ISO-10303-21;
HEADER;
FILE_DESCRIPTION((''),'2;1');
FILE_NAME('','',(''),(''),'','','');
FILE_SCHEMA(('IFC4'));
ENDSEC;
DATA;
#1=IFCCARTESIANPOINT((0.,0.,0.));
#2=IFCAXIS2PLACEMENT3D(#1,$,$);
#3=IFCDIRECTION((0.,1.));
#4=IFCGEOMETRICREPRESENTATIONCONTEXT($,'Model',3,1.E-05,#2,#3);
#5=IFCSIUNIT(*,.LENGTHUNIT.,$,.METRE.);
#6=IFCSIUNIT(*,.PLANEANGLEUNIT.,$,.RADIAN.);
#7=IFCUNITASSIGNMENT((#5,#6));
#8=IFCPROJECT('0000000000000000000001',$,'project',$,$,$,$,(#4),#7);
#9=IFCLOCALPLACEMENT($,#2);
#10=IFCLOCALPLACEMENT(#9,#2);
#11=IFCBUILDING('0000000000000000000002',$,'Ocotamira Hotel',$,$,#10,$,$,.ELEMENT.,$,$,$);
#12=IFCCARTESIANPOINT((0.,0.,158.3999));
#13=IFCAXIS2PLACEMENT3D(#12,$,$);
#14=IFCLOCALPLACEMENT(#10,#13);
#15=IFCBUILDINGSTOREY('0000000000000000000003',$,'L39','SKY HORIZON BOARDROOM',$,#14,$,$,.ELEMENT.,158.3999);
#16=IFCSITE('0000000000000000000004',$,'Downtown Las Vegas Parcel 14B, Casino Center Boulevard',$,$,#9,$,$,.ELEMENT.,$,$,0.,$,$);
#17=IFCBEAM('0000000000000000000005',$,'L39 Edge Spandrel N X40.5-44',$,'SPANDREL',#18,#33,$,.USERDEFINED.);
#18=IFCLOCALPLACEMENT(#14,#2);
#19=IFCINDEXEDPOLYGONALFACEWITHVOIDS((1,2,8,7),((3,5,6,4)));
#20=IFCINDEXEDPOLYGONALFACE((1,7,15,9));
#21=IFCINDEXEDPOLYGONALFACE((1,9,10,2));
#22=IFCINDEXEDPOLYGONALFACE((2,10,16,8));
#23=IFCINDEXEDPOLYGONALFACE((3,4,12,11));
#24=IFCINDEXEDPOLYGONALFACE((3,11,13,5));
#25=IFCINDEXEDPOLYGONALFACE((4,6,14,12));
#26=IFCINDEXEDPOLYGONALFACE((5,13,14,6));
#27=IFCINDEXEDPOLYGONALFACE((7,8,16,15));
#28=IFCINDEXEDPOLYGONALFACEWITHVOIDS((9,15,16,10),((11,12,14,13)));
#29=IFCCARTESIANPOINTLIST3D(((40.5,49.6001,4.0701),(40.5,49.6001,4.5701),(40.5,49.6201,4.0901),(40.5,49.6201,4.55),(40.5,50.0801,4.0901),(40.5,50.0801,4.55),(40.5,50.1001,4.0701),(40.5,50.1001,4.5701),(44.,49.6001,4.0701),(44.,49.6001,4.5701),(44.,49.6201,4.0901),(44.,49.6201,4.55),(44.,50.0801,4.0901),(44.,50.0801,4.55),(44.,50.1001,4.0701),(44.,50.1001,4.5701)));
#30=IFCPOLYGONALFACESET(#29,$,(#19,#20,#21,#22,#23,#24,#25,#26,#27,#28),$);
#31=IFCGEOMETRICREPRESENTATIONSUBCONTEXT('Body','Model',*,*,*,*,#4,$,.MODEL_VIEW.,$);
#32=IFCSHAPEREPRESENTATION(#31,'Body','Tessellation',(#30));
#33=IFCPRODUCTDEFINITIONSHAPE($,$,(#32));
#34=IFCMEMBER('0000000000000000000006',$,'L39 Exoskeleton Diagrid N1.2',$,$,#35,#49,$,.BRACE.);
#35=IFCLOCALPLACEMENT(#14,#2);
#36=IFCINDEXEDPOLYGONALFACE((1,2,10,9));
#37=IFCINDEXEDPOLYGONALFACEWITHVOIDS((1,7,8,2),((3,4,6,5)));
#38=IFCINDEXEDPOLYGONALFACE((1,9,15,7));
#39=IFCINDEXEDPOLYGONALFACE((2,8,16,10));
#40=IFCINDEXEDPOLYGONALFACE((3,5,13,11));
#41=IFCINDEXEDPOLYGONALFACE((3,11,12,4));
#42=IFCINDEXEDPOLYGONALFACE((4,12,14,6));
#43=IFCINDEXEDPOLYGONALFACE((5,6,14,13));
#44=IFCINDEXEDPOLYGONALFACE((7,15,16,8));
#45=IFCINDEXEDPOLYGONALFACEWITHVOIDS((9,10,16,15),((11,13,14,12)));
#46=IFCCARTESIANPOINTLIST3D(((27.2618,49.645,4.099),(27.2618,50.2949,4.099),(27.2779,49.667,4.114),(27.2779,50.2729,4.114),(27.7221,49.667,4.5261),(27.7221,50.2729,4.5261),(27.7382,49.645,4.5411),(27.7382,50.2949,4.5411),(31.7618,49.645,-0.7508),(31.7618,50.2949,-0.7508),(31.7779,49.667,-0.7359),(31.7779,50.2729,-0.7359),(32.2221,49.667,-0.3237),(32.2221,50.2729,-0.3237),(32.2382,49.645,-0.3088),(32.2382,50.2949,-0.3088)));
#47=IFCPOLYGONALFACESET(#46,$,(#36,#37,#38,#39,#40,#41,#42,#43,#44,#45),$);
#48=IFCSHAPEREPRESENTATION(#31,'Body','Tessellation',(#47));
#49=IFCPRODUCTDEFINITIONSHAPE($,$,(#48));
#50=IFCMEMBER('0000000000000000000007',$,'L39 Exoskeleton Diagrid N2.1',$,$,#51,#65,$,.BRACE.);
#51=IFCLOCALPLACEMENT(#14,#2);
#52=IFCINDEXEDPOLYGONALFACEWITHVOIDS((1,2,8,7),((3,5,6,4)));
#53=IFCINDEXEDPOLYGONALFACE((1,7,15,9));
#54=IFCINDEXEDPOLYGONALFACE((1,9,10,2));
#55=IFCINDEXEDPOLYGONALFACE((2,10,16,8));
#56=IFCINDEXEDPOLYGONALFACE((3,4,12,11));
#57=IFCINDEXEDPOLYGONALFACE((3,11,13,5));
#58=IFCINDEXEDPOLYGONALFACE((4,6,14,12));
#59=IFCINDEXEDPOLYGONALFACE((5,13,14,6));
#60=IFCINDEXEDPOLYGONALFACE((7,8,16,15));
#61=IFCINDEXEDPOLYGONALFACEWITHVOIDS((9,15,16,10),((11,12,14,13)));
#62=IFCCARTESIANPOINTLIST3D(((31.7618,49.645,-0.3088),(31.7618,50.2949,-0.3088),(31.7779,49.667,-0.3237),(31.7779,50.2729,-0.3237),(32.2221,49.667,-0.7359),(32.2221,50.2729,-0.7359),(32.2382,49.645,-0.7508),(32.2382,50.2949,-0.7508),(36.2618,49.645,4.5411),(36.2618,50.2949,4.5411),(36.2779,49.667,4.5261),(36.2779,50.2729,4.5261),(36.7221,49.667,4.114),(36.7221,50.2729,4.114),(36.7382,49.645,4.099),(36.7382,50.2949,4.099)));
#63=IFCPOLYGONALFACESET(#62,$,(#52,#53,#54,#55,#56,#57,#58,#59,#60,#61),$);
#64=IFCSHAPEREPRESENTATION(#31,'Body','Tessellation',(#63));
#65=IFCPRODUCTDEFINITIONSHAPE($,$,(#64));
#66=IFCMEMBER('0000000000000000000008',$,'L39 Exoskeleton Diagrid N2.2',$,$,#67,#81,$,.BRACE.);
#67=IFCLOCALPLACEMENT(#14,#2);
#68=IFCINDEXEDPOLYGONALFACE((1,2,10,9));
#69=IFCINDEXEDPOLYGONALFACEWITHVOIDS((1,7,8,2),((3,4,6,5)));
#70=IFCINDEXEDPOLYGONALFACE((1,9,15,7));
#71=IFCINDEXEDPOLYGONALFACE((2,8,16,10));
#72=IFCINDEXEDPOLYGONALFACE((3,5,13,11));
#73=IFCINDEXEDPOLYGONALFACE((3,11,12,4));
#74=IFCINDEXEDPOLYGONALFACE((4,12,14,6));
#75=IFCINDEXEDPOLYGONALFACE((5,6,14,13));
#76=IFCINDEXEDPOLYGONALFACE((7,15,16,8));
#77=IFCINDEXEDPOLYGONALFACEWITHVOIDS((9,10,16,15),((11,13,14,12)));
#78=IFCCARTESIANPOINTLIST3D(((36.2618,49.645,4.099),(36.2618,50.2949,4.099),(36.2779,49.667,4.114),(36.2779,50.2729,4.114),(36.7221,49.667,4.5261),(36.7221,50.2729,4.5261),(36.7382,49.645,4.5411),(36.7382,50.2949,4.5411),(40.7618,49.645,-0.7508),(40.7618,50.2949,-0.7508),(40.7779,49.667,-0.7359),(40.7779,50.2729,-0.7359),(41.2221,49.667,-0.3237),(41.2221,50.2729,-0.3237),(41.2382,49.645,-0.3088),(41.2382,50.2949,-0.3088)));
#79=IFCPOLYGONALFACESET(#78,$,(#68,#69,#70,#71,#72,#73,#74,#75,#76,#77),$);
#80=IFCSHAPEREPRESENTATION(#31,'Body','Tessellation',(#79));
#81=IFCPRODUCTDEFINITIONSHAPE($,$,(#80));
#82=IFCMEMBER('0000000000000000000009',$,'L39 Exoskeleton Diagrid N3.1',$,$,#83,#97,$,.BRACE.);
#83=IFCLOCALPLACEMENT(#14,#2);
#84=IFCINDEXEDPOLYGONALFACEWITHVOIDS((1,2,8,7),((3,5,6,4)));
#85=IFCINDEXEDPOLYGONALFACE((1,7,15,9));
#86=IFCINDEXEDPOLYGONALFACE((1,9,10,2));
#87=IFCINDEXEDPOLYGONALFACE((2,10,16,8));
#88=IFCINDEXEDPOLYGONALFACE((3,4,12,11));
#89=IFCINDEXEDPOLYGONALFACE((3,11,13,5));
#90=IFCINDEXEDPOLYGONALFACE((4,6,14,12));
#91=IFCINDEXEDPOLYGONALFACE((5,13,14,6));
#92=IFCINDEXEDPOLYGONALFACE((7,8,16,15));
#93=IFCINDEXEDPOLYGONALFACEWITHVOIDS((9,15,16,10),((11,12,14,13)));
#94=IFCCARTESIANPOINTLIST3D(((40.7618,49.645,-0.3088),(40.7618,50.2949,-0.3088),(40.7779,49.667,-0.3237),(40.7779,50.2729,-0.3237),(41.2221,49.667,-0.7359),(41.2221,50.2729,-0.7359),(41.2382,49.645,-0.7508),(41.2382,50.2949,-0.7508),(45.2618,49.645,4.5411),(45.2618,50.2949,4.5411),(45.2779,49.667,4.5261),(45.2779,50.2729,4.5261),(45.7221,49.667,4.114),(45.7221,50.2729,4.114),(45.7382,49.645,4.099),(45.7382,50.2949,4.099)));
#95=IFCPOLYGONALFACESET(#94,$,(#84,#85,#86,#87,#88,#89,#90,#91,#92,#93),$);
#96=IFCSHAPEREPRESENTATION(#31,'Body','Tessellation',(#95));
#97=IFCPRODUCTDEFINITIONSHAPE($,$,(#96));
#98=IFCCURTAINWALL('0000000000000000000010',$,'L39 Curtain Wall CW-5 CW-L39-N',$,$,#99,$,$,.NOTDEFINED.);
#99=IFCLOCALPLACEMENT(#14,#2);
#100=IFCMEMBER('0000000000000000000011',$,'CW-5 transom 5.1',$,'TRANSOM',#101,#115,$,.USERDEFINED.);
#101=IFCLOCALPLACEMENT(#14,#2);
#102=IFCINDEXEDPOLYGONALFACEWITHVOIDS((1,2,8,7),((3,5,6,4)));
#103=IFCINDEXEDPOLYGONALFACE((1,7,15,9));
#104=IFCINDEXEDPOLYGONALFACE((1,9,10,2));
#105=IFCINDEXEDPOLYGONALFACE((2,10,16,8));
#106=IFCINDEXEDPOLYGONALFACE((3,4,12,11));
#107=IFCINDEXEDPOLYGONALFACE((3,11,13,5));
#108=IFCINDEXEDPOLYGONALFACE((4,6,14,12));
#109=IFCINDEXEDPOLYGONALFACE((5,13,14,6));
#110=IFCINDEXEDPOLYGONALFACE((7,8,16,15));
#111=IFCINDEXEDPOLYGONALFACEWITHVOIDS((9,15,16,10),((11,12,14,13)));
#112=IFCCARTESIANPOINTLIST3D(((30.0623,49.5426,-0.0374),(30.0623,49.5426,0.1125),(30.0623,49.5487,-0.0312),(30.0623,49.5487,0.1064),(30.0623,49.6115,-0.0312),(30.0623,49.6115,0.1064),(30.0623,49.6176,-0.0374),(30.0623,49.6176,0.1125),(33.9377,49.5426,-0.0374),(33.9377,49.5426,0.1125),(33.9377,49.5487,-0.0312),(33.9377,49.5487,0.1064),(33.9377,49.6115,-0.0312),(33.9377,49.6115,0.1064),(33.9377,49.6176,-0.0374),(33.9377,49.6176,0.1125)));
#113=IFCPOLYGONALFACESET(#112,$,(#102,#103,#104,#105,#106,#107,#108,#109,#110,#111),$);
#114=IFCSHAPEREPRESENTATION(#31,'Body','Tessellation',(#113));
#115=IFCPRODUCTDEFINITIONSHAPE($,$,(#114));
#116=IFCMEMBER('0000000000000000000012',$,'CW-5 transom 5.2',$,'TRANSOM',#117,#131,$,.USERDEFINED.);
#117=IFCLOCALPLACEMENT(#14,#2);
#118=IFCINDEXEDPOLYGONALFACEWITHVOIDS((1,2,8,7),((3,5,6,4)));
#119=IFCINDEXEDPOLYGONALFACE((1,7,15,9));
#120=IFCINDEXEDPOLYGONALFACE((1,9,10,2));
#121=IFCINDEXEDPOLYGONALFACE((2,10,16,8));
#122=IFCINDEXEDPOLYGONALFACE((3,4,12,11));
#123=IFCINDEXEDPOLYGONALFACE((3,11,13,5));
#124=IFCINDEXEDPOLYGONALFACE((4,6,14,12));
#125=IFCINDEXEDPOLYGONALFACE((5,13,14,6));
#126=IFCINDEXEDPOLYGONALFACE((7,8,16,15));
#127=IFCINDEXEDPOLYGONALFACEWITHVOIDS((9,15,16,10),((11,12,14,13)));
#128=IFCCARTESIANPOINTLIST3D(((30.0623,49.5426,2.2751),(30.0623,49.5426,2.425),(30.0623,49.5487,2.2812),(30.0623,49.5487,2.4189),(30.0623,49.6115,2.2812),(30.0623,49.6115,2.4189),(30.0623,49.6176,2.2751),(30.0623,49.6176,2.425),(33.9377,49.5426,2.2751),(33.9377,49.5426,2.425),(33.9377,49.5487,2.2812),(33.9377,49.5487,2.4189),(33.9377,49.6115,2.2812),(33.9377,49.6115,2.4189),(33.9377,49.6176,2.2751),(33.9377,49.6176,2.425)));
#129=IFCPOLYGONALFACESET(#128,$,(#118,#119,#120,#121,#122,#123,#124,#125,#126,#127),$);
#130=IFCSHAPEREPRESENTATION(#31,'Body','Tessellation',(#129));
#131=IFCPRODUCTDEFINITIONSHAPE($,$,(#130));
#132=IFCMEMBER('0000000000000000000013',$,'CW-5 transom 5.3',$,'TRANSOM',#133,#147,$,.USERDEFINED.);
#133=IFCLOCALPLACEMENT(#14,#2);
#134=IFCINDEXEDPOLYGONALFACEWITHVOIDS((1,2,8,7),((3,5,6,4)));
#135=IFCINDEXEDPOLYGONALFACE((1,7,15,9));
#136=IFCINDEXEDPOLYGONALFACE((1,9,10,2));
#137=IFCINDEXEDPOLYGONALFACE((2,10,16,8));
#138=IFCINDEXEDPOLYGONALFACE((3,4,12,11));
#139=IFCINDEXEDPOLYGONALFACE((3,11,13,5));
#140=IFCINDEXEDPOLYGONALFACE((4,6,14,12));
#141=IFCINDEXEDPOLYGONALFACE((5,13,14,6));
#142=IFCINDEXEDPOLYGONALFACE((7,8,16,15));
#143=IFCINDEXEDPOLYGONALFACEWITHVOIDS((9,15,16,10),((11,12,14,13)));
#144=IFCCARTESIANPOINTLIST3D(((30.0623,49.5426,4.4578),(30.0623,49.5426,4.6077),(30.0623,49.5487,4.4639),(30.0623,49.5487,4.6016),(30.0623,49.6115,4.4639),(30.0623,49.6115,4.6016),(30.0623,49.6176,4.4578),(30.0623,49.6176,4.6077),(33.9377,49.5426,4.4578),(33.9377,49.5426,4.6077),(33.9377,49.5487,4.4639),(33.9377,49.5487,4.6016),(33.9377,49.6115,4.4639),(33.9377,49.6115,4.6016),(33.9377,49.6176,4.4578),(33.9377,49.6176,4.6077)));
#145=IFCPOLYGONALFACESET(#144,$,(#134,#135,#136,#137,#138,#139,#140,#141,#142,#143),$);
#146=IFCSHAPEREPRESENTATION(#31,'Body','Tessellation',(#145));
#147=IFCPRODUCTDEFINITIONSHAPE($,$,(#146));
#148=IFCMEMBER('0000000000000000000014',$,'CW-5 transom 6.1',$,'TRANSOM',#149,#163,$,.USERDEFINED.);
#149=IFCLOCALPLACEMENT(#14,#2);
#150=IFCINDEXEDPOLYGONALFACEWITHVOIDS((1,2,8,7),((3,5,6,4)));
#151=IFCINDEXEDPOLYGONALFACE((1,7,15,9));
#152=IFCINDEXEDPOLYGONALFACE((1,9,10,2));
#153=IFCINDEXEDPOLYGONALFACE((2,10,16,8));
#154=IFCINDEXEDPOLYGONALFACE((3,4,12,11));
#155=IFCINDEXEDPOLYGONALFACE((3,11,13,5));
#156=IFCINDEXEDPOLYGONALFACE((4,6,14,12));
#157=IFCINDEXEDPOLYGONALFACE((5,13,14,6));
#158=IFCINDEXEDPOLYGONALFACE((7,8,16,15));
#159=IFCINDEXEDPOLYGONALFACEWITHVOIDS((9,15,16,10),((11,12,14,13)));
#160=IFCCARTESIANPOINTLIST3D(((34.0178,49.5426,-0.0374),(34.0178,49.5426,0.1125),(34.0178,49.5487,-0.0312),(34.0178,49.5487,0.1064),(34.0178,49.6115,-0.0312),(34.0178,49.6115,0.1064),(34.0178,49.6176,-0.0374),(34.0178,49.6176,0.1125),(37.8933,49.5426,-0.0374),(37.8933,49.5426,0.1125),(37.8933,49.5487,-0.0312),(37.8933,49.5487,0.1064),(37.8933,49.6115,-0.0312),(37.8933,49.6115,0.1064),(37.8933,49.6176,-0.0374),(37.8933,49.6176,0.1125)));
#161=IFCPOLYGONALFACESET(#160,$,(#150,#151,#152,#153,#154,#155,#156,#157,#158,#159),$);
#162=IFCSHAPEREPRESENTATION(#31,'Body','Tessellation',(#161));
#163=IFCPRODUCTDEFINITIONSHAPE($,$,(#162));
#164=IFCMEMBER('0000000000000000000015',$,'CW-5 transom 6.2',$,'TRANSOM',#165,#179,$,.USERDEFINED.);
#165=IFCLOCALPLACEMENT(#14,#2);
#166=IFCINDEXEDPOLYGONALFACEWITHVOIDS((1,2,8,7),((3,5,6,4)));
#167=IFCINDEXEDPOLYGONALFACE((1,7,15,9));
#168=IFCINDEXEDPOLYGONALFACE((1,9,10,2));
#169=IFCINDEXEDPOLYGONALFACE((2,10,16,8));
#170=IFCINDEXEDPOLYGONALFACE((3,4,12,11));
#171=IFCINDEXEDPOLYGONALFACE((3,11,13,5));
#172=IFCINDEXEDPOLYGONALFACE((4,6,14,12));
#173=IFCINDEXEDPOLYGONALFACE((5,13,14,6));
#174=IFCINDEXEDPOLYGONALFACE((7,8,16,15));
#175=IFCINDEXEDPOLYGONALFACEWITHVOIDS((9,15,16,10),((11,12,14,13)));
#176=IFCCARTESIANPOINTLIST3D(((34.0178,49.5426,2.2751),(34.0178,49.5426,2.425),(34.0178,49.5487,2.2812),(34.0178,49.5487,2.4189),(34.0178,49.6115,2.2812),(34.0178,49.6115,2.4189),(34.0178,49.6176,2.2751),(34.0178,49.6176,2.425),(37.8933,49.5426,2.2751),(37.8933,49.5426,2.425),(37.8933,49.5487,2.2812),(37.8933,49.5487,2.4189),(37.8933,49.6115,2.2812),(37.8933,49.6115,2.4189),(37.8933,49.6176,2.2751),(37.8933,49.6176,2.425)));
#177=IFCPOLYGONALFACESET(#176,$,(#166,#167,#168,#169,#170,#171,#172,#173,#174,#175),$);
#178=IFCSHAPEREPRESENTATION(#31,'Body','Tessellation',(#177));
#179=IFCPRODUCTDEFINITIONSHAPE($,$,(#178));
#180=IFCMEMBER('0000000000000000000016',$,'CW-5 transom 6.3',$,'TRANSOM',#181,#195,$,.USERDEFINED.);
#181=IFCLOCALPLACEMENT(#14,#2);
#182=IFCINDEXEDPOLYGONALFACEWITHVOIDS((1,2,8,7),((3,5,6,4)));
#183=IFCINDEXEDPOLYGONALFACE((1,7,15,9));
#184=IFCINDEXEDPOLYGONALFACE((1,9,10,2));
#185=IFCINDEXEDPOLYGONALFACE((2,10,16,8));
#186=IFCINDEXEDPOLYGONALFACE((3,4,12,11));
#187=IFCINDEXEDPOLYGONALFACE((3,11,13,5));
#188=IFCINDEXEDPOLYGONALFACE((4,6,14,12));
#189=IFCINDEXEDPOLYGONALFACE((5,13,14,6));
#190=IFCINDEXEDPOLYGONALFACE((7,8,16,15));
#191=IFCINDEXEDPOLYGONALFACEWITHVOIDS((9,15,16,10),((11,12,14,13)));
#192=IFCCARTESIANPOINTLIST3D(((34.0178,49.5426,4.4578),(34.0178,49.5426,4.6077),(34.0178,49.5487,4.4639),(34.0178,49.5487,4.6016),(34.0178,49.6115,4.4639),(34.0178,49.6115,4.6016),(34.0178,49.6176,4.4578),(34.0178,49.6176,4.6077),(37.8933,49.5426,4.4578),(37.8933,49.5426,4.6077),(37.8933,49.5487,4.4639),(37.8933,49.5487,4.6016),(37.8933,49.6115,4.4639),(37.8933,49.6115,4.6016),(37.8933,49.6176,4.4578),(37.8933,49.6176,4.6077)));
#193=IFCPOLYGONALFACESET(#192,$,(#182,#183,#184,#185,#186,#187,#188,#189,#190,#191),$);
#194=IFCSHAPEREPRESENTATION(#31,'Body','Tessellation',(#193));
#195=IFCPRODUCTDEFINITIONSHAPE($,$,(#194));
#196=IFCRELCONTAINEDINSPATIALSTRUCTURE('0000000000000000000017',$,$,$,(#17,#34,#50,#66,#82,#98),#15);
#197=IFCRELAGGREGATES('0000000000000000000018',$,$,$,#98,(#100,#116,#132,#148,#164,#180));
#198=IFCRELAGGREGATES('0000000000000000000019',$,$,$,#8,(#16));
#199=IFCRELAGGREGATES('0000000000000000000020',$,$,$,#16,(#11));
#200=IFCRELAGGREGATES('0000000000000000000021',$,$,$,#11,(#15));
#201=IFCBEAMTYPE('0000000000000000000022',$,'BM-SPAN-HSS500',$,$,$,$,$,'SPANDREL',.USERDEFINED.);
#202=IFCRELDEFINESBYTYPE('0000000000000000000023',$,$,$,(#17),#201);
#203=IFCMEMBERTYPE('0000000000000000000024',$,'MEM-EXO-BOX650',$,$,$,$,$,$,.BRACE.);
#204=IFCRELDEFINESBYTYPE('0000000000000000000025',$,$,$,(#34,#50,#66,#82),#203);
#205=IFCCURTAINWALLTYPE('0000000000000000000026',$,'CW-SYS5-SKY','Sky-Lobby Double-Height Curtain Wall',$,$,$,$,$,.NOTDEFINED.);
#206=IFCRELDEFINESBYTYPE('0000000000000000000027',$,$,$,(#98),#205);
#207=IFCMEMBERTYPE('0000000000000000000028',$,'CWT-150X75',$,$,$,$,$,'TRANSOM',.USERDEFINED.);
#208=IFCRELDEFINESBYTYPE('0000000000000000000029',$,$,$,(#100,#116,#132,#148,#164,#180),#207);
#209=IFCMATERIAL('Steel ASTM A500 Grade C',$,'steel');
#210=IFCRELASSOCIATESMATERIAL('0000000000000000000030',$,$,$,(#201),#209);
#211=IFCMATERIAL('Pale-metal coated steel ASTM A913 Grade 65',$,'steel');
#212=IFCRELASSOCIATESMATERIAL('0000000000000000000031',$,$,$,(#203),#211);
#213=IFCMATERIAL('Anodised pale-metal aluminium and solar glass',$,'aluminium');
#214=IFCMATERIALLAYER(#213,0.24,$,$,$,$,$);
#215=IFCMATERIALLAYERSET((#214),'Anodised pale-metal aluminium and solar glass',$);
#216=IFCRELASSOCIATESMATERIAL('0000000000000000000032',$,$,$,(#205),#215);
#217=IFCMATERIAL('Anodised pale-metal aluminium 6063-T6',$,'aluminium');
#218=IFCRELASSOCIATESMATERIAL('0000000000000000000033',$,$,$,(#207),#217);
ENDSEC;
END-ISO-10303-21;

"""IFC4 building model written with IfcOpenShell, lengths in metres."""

from ifc_helpers import new_model, si_unit, direction, frame, origin, origin_2d, place, context, subcontext, project, spatial, hollow_rectangle, extrude, source, transform, mapped, material, layer, layer_set, material_profile, profile_set, type_object, element, aggregate, save


model = new_model("IFC4")

# Units and contexts
model_context = context("Model", 3, precision=1e-05, world=origin(), true_north=direction((0.0, 1.0)))
body_context = subcontext(model_context, "Body", "Model", "MODEL_VIEW")
ifc_project = project(units=[si_unit("LENGTHUNIT", "METRE"), si_unit("PLANEANGLEUNIT", "RADIAN")], contexts=[model_context])

# Site, building, storey
site_placement = place(None, origin())
site = spatial("IfcSite", under=ifc_project, at=site_placement, Name="Downtown Las Vegas Parcel 14B, Casino Center Boulevard", CompositionType="ELEMENT", RefElevation=0.0)
building_placement = place(site_placement, origin())
building = spatial("IfcBuilding", under=site, at=building_placement, Name="Ocotamira Hotel", CompositionType="ELEMENT")
storey_placement = place(building_placement, frame((0.0, 0.0, 158.3999)))
storey = spatial("IfcBuildingStorey", under=building, at=storey_placement, Name="L39", Description="SKY HORIZON BOARDROOM", CompositionType="ELEMENT", Elevation=158.3999)

# Beam
ifc_material_1 = material(Name="Steel ASTM A500 Grade C", Category="steel")
ifc_material_profile_1 = material_profile(ifc_material_1, hollow_rectangle(XDim=0.5, YDim=0.5, WallThickness=0.02, at=origin_2d()), Name="HSS500X500X20")
ifc_profile_set_1 = profile_set([ifc_material_profile_1], Name="Steel ASTM A500 Grade C")
beam_type = type_object("IfcBeamType", Name="BM-SPAN-HSS500", ElementType="SPANDREL", PredefinedType="USERDEFINED", material=ifc_profile_set_1)
shared_shape_1 = source(origin(), body_context, "Body", "SweptSolid", [
    extrude(hollow_rectangle(XDim=0.5, YDim=0.5, WallThickness=0.02, at=origin_2d()), origin(), (0.0, 0.0, 1.0), 3.5),
])
beam_placement = place(storey_placement, frame((40.5, 49.8501, 4.3201), z_axis=(1.0, 0.0, 0.0), x_axis=(0.0, 1.0, 0.0)))
element("IfcBeam", 1, at=beam_placement, inside=storey, type_object=beam_type, Name="L39 Edge Spandrel N X40.5-44", ObjectType="SPANDREL", PredefinedType="USERDEFINED", context=body_context, shape_type="MappedRepresentation", body=[
    mapped(shared_shape_1, transform((0.0, 0.0, 0.0), scale=1.0)),
])

# Members
ifc_material_2 = material(Name="Pale-metal coated steel ASTM A913 Grade 65", Category="steel")
ifc_material_profile_2 = material_profile(ifc_material_2, hollow_rectangle(XDim=0.6499, YDim=0.6499, WallThickness=0.022, at=origin_2d()), Name="BOX650X650X22")
ifc_profile_set_2 = profile_set([ifc_material_profile_2], Name="Pale-metal coated steel ASTM A913 Grade 65")
member_type_1 = type_object("IfcMemberType", Name="MEM-EXO-BOX650", PredefinedType="BRACE", material=ifc_profile_set_2)
shared_shape_2 = source(origin(), body_context, "Body", "SweptSolid", [
    extrude(hollow_rectangle(XDim=0.6499, YDim=0.6499, WallThickness=0.022, at=origin_2d()), origin(), (0.0, 0.0, 1.0), 6.616),
])
for number, where, z_axis, x_axis, name in (
    (2, (32.0, 49.97, -0.5298), (-0.680172, 0.0, 0.733052), (0.0, -1.0, 0.0), "L39 Exoskeleton Diagrid N1.2"),
    (3, (32.0, 49.97, -0.5298), (0.680172, 0.0, 0.733052), (0.0, 1.0, 0.0), "L39 Exoskeleton Diagrid N2.1"),
    (4, (41.0, 49.97, -0.5298), (-0.680172, 0.0, 0.733052), (0.0, -1.0, 0.0), "L39 Exoskeleton Diagrid N2.2"),
    (5, (41.0, 49.97, -0.5298), (0.680172, 0.0, 0.733052), (0.0, 1.0, 0.0), "L39 Exoskeleton Diagrid N3.1"),
):
    element("IfcMember", number, at=place(storey_placement, frame(where, z_axis=z_axis, x_axis=x_axis)), inside=storey, type_object=member_type_1, Name=name, PredefinedType="BRACE", context=body_context, shape_type="MappedRepresentation", body=[
        mapped(shared_shape_2, transform((0.0, 0.0, 0.0), scale=1.0)),
    ])

# Curtain wall, members
ifc_material_3 = material(Name="Anodised pale-metal aluminium and solar glass", Category="aluminium")
ifc_layer_1 = layer(ifc_material_3, 0.24)
ifc_layer_set_1 = layer_set([ifc_layer_1], Name="Anodised pale-metal aluminium and solar glass")
curtain_wall_type = type_object("IfcCurtainWallType", Name="CW-SYS5-SKY", Description="Sky-Lobby Double-Height Curtain Wall", PredefinedType="NOTDEFINED", material=ifc_layer_set_1)
curtain_wall_placement = place(storey_placement, origin())
curtain_wall = element("IfcCurtainWall", 6, at=curtain_wall_placement, inside=storey, type_object=curtain_wall_type, Name="L39 Curtain Wall CW-5 CW-L39-N", PredefinedType="NOTDEFINED")
ifc_material_4 = material(Name="Anodised pale-metal aluminium 6063-T6", Category="aluminium")
ifc_material_profile_3 = material_profile(ifc_material_4, hollow_rectangle(XDim=0.075, YDim=0.1499, WallThickness=0.0061, at=origin_2d()), Name="HSS150X75X6")
ifc_profile_set_3 = profile_set([ifc_material_profile_3], Name="Anodised pale-metal aluminium 6063-T6")
member_type_2 = type_object("IfcMemberType", Name="CWT-150X75", ElementType="TRANSOM", PredefinedType="USERDEFINED", material=ifc_profile_set_3)
shared_shape_3 = source(origin(), body_context, "Body", "SweptSolid", [
    extrude(hollow_rectangle(XDim=0.075, YDim=0.1499, WallThickness=0.0061, at=origin_2d()), origin(), (0.0, 0.0, 1.0), 3.8755),
])
member_1_placement = place(storey_placement, frame((30.0623, 49.5801, 0.0376), z_axis=(1.0, 0.0, 0.0), x_axis=(0.0, 1.0, 0.0)))
member_1 = element("IfcMember", 7, at=member_1_placement, type_object=member_type_2, Name="CW-5 transom 5.1", ObjectType="TRANSOM", PredefinedType="USERDEFINED", context=body_context, shape_type="MappedRepresentation", body=[
    mapped(shared_shape_3, transform((0.0, 0.0, 0.0), scale=1.0)),
])
member_2_placement = place(storey_placement, frame((30.0623, 49.5801, 2.3501), z_axis=(1.0, 0.0, 0.0), x_axis=(0.0, 1.0, 0.0)))
member_2 = element("IfcMember", 8, at=member_2_placement, type_object=member_type_2, Name="CW-5 transom 5.2", ObjectType="TRANSOM", PredefinedType="USERDEFINED", context=body_context, shape_type="MappedRepresentation", body=[
    mapped(shared_shape_3, transform((0.0, 0.0, 0.0), scale=1.0)),
])
member_3_placement = place(storey_placement, frame((30.0623, 49.5801, 4.5327), z_axis=(1.0, 0.0, 0.0), x_axis=(0.0, 1.0, 0.0)))
member_3 = element("IfcMember", 9, at=member_3_placement, type_object=member_type_2, Name="CW-5 transom 5.3", ObjectType="TRANSOM", PredefinedType="USERDEFINED", context=body_context, shape_type="MappedRepresentation", body=[
    mapped(shared_shape_3, transform((0.0, 0.0, 0.0), scale=1.0)),
])
member_4_placement = place(storey_placement, frame((34.0178, 49.5801, 0.0376), z_axis=(1.0, 0.0, 0.0), x_axis=(0.0, 1.0, 0.0)))
member_4 = element("IfcMember", 10, at=member_4_placement, type_object=member_type_2, Name="CW-5 transom 6.1", ObjectType="TRANSOM", PredefinedType="USERDEFINED", context=body_context, shape_type="MappedRepresentation", body=[
    mapped(shared_shape_3, transform((0.0, 0.0, 0.0), scale=1.0)),
])
member_5_placement = place(storey_placement, frame((34.0178, 49.5801, 2.3501), z_axis=(1.0, 0.0, 0.0), x_axis=(0.0, 1.0, 0.0)))
member_5 = element("IfcMember", 11, at=member_5_placement, type_object=member_type_2, Name="CW-5 transom 6.2", ObjectType="TRANSOM", PredefinedType="USERDEFINED", context=body_context, shape_type="MappedRepresentation", body=[
    mapped(shared_shape_3, transform((0.0, 0.0, 0.0), scale=1.0)),
])
member_6_placement = place(storey_placement, frame((34.0178, 49.5801, 4.5327), z_axis=(1.0, 0.0, 0.0), x_axis=(0.0, 1.0, 0.0)))
member_6 = element("IfcMember", 12, at=member_6_placement, type_object=member_type_2, Name="CW-5 transom 6.3", ObjectType="TRANSOM", PredefinedType="USERDEFINED", context=body_context, shape_type="MappedRepresentation", body=[
    mapped(shared_shape_3, transform((0.0, 0.0, 0.0), scale=1.0)),
])

aggregate(curtain_wall, [member_1, member_2, member_3, member_4, member_5, member_6])

save(model, "model.ifc")
